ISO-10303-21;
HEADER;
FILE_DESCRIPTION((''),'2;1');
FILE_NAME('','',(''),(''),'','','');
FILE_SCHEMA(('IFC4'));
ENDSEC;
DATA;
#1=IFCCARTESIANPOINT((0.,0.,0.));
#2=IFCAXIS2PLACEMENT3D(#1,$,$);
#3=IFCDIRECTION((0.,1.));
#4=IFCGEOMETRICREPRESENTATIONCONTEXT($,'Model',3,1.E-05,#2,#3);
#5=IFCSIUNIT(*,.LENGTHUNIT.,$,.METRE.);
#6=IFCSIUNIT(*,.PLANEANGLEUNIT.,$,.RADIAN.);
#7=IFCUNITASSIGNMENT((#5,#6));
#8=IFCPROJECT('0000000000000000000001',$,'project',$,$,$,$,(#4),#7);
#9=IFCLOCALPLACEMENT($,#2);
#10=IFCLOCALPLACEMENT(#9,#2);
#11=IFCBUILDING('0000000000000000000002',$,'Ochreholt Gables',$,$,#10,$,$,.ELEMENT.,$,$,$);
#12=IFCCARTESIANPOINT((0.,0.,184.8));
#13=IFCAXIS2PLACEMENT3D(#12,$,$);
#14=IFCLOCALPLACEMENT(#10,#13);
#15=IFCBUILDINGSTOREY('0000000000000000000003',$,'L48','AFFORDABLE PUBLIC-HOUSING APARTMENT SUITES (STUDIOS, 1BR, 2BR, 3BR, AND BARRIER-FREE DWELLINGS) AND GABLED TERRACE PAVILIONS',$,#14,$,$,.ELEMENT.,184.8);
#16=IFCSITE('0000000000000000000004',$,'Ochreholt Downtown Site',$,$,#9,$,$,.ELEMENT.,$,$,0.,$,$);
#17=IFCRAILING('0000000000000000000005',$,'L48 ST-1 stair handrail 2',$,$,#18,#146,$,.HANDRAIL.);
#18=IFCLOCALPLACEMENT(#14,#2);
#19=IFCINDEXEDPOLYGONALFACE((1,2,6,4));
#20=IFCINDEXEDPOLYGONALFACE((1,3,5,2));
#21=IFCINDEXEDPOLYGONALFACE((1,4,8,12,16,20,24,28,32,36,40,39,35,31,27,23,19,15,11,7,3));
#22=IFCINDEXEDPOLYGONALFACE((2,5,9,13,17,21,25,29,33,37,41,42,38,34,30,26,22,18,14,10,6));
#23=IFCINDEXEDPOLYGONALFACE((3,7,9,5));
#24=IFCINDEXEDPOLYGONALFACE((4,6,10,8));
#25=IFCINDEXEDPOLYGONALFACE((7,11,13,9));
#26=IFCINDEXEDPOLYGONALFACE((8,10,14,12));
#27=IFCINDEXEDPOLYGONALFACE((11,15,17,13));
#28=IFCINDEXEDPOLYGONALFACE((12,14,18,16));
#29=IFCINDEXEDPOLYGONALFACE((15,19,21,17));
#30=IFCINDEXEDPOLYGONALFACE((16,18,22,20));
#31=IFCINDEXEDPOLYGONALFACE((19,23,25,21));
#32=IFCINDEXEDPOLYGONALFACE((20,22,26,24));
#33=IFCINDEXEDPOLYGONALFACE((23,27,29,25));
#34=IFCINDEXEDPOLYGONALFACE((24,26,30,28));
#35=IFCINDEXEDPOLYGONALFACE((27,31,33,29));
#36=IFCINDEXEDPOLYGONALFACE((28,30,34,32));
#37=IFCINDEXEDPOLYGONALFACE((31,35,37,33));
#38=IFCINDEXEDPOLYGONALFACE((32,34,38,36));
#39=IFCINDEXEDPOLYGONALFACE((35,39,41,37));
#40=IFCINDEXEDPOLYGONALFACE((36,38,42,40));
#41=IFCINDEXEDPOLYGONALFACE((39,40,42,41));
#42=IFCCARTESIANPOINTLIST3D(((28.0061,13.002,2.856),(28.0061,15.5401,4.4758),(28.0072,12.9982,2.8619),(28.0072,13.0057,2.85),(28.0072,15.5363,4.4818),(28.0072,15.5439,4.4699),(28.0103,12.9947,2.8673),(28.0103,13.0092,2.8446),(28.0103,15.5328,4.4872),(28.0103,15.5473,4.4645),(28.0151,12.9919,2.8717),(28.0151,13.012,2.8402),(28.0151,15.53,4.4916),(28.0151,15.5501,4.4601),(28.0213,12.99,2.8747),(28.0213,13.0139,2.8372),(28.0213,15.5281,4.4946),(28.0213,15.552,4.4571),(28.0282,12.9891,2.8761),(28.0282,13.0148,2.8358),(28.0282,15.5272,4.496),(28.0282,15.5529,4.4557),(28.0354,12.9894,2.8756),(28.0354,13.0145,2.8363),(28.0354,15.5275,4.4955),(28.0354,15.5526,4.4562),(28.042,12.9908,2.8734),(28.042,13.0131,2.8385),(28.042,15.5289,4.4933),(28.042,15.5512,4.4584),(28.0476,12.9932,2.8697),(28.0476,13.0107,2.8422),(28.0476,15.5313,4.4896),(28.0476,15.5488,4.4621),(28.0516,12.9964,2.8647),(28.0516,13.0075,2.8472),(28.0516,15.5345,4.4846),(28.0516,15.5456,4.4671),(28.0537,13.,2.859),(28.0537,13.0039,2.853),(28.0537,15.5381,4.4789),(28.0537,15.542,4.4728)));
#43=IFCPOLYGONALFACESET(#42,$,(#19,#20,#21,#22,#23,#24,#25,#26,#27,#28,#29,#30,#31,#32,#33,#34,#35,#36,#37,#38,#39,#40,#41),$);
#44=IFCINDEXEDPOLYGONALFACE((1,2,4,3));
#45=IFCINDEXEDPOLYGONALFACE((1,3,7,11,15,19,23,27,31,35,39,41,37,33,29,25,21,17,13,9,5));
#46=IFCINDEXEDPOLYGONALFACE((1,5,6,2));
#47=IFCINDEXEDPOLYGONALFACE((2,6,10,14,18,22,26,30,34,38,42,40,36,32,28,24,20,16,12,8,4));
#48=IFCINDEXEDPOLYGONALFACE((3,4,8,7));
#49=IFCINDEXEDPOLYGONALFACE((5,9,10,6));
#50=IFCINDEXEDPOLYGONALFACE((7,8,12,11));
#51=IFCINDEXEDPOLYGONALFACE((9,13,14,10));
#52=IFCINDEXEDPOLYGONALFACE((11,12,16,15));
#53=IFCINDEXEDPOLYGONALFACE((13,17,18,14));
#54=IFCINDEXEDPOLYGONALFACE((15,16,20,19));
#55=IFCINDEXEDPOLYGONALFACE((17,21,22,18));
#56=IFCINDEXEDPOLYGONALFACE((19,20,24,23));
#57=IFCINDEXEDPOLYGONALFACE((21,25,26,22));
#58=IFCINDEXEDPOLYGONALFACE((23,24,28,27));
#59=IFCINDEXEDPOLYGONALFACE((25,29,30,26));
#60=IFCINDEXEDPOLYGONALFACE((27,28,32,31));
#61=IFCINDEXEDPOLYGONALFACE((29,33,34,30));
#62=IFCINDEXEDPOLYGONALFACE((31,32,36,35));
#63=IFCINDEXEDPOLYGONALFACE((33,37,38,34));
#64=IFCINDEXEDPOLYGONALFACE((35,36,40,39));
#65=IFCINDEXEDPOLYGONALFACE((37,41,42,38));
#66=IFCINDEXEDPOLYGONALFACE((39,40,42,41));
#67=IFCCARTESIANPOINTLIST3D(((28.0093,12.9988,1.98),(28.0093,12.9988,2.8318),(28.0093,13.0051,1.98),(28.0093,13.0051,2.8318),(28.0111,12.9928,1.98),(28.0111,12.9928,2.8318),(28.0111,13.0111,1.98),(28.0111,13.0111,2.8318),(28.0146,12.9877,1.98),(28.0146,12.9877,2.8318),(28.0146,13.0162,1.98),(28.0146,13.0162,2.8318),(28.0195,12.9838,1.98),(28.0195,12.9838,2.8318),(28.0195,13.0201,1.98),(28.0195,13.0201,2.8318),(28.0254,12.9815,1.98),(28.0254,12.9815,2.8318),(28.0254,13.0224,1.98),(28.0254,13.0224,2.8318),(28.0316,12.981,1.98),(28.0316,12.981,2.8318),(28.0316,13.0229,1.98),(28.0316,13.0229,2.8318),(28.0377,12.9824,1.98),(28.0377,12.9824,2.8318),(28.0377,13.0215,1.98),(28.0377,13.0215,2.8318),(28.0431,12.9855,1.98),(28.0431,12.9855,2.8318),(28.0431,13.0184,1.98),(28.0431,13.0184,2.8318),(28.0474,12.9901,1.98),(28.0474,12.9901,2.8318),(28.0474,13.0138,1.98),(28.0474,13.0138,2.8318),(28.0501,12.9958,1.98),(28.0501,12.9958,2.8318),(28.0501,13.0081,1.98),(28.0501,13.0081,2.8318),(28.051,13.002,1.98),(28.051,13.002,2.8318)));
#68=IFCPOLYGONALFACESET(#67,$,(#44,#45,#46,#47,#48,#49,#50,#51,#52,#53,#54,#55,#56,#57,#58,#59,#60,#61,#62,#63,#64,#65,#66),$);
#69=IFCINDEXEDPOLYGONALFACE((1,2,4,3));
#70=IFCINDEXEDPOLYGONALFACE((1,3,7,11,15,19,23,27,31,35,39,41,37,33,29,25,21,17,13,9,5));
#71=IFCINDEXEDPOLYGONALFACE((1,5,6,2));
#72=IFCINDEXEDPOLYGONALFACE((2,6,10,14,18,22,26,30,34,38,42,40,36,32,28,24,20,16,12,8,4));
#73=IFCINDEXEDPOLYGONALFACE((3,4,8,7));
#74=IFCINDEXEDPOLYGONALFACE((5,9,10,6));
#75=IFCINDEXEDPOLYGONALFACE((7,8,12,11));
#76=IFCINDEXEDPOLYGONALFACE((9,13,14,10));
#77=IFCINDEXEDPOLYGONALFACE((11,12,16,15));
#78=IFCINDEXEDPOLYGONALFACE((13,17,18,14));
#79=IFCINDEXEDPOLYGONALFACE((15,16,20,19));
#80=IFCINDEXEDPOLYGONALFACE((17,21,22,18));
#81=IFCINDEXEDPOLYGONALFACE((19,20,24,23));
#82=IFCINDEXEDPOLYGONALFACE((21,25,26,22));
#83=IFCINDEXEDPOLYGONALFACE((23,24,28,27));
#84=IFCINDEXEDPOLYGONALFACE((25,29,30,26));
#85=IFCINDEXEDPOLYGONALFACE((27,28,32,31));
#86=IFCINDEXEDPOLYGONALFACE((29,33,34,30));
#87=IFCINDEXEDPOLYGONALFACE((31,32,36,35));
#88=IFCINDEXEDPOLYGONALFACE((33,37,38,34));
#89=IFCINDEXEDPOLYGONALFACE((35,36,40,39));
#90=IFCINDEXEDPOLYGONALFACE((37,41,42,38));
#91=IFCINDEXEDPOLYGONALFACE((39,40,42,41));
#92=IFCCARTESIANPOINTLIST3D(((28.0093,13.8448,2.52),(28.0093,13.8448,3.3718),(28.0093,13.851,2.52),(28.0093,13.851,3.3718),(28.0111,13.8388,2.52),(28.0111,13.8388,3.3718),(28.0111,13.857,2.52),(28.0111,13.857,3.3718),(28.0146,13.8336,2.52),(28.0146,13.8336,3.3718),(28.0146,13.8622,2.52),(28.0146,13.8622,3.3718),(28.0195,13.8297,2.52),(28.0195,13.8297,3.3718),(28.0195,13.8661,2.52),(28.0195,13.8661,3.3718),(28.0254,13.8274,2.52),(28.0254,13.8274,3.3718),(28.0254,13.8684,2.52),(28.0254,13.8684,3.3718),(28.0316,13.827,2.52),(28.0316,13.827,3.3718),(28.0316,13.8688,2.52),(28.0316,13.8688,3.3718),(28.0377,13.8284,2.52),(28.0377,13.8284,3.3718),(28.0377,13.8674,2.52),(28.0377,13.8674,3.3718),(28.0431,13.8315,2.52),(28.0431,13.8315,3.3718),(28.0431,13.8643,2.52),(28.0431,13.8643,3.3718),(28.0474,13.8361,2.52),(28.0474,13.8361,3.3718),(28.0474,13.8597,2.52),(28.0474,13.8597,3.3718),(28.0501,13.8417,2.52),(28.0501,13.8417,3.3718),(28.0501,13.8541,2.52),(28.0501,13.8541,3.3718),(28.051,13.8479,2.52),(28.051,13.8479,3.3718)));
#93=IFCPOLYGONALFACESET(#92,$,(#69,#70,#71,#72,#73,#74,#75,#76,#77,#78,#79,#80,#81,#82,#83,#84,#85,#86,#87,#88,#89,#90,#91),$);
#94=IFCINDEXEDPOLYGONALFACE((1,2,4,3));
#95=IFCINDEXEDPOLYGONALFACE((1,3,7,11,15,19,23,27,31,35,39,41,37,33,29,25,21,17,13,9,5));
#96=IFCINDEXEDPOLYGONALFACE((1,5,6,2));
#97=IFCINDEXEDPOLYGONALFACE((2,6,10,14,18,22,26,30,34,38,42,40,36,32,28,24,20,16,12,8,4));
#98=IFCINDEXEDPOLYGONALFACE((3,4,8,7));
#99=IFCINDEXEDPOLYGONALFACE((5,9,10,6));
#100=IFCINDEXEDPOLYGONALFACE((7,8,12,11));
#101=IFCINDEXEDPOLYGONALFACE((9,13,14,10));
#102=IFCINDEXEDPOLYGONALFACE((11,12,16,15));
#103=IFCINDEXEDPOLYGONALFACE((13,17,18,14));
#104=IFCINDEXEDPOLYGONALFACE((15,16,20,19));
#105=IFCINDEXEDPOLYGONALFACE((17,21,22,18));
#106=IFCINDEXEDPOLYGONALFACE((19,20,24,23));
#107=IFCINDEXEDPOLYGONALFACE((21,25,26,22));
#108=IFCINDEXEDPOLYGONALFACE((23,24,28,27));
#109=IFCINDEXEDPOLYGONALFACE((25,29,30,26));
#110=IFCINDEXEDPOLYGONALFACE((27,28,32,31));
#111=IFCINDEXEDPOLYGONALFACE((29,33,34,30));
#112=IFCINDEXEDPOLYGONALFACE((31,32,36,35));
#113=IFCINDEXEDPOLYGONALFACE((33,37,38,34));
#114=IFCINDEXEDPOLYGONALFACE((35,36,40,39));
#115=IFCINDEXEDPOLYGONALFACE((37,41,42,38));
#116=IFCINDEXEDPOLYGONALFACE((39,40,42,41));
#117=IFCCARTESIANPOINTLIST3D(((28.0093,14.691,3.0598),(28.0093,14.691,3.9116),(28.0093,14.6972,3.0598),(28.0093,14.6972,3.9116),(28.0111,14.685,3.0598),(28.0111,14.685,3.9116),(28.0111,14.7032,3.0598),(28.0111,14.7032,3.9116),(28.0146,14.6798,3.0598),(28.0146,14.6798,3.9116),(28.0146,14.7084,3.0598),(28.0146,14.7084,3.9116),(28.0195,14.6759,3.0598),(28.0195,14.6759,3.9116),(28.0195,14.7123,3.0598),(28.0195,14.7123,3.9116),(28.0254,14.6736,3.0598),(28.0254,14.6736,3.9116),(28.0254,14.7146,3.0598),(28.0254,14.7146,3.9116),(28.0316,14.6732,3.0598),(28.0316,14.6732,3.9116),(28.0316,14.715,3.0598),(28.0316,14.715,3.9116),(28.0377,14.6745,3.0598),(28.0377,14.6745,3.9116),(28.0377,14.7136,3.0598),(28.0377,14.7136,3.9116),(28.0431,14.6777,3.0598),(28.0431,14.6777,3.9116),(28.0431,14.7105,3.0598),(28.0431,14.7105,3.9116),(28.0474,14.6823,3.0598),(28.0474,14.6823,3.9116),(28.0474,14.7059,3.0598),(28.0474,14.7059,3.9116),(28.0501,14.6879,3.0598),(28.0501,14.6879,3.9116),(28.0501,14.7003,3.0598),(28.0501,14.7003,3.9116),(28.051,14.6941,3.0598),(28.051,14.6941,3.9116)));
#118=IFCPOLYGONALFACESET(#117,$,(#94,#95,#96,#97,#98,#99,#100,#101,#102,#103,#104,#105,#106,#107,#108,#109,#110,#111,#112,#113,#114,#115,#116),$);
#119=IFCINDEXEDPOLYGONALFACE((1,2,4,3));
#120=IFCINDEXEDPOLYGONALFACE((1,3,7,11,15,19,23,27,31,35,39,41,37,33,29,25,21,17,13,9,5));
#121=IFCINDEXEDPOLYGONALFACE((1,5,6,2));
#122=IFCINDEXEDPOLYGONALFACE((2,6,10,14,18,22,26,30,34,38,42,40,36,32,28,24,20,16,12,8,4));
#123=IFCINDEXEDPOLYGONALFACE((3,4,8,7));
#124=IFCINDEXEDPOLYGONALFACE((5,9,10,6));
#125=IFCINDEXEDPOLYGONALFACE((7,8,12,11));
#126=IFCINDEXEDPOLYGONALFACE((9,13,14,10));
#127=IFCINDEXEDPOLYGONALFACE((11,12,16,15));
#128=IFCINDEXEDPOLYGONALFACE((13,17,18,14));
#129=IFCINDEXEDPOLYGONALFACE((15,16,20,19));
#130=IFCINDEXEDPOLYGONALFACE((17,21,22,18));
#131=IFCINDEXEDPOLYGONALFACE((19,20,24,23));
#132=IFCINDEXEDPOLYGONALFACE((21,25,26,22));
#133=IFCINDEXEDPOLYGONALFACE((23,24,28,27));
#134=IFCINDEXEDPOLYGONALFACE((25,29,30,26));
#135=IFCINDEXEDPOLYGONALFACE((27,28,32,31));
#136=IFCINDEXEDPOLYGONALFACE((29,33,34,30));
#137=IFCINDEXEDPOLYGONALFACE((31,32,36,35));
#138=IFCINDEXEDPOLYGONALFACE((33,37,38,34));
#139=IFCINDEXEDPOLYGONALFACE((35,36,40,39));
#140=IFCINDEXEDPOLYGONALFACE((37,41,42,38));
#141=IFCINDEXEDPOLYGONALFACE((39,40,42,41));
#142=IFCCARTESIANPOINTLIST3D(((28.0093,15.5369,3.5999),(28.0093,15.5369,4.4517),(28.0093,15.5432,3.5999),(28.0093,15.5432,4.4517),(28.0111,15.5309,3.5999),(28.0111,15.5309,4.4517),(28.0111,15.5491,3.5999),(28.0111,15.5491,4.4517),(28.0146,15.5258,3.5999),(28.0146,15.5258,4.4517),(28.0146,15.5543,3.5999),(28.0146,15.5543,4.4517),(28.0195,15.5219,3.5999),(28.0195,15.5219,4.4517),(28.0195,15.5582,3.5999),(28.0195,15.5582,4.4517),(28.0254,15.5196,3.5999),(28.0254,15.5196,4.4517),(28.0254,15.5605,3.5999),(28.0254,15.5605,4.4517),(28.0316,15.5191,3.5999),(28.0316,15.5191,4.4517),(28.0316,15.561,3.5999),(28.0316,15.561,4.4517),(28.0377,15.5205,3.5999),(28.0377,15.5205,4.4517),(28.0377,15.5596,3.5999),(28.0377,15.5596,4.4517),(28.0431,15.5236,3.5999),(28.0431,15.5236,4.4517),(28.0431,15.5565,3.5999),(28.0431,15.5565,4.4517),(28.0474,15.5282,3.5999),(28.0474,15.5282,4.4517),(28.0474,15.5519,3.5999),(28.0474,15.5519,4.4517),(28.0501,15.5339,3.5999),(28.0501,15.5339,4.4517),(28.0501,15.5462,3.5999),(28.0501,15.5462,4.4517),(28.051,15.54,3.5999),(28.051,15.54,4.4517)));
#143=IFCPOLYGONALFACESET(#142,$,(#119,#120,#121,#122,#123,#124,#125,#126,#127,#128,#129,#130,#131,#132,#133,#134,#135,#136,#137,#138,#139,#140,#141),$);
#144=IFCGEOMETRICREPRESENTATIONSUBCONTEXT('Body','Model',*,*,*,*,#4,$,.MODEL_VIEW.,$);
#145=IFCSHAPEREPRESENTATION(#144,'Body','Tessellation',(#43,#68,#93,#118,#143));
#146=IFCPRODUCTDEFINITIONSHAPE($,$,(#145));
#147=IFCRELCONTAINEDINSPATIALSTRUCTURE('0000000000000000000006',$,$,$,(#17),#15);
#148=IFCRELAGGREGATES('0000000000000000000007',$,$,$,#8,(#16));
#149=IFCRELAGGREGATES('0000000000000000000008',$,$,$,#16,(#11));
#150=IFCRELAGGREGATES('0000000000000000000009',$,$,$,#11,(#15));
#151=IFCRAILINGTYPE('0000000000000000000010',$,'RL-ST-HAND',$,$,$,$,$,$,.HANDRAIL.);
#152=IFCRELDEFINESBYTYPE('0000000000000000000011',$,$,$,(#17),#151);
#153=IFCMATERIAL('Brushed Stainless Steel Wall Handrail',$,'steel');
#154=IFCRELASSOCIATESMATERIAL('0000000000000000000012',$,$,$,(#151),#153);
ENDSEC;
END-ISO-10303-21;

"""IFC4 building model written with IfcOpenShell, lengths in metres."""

from ifc_helpers import new_model, si_unit, direction, frame, origin, origin_2d, place, context, subcontext, project, spatial, circle, extrude, material, type_object, element, save


model = new_model("IFC4")

# Units and contexts
model_context = context("Model", 3, precision=1e-05, world=origin(), true_north=direction((0.0, 1.0)))
body_context = subcontext(model_context, "Body", "Model", "MODEL_VIEW")
ifc_project = project(units=[si_unit("LENGTHUNIT", "METRE"), si_unit("PLANEANGLEUNIT", "RADIAN")], contexts=[model_context])

# Site, building, storey
site_placement = place(None, origin())
site = spatial("IfcSite", under=ifc_project, at=site_placement, Name="Ochreholt Downtown Site", CompositionType="ELEMENT", RefElevation=0.0)
building_placement = place(site_placement, origin())
building = spatial("IfcBuilding", under=site, at=building_placement, Name="Ochreholt Gables", CompositionType="ELEMENT")
storey_placement = place(building_placement, frame((0.0, 0.0, 184.8)))
storey = spatial("IfcBuildingStorey", under=building, at=storey_placement, Name="L48", Description="AFFORDABLE PUBLIC-HOUSING APARTMENT SUITES (STUDIOS, 1BR, 2BR, 3BR, AND BARRIER-FREE DWELLINGS) AND GABLED TERRACE PAVILIONS", CompositionType="ELEMENT", Elevation=184.8)

# Railing
ifc_material_1 = material(Name="Brushed Stainless Steel Wall Handrail", Category="steel")
railing_type_1 = type_object("IfcRailingType", Name="RL-ST-HAND", PredefinedType="HANDRAIL", material=ifc_material_1)
railing_1_placement = place(storey_placement, frame((28.03, 13.002, 1.98)))
element("IfcRailing", 1, at=railing_1_placement, inside=storey, type_object=railing_type_1, Name="L48 ST-1 stair handrail 2", PredefinedType="HANDRAIL", context=body_context, shape_type="SweptSolid", body=[
    extrude(circle(Radius=0.0239, at=origin_2d()), frame((0.0, 0.0, 0.876), z_axis=(0.0, 0.84295, 0.537993), x_axis=(-1.0, 0.0, 0.0)), (0.0, 0.0, 1.0), 3.011),
    extrude(circle(Radius=0.021, at=origin_2d()), origin(), (0.0, 0.0, 1.0), 0.8518),
    extrude(circle(Radius=0.021, at=origin_2d()), frame((0.0, 0.8459, 0.54)), (0.0, 0.0, 1.0), 0.8518),
    extrude(circle(Radius=0.021, at=origin_2d()), frame((0.0, 1.6921, 1.0798)), (0.0, 0.0, 1.0), 0.8518),
    extrude(circle(Radius=0.021, at=origin_2d()), frame((0.0, 2.5381, 1.6199)), (0.0, 0.0, 1.0), 0.8518),
])

save(model, "model.ifc")
